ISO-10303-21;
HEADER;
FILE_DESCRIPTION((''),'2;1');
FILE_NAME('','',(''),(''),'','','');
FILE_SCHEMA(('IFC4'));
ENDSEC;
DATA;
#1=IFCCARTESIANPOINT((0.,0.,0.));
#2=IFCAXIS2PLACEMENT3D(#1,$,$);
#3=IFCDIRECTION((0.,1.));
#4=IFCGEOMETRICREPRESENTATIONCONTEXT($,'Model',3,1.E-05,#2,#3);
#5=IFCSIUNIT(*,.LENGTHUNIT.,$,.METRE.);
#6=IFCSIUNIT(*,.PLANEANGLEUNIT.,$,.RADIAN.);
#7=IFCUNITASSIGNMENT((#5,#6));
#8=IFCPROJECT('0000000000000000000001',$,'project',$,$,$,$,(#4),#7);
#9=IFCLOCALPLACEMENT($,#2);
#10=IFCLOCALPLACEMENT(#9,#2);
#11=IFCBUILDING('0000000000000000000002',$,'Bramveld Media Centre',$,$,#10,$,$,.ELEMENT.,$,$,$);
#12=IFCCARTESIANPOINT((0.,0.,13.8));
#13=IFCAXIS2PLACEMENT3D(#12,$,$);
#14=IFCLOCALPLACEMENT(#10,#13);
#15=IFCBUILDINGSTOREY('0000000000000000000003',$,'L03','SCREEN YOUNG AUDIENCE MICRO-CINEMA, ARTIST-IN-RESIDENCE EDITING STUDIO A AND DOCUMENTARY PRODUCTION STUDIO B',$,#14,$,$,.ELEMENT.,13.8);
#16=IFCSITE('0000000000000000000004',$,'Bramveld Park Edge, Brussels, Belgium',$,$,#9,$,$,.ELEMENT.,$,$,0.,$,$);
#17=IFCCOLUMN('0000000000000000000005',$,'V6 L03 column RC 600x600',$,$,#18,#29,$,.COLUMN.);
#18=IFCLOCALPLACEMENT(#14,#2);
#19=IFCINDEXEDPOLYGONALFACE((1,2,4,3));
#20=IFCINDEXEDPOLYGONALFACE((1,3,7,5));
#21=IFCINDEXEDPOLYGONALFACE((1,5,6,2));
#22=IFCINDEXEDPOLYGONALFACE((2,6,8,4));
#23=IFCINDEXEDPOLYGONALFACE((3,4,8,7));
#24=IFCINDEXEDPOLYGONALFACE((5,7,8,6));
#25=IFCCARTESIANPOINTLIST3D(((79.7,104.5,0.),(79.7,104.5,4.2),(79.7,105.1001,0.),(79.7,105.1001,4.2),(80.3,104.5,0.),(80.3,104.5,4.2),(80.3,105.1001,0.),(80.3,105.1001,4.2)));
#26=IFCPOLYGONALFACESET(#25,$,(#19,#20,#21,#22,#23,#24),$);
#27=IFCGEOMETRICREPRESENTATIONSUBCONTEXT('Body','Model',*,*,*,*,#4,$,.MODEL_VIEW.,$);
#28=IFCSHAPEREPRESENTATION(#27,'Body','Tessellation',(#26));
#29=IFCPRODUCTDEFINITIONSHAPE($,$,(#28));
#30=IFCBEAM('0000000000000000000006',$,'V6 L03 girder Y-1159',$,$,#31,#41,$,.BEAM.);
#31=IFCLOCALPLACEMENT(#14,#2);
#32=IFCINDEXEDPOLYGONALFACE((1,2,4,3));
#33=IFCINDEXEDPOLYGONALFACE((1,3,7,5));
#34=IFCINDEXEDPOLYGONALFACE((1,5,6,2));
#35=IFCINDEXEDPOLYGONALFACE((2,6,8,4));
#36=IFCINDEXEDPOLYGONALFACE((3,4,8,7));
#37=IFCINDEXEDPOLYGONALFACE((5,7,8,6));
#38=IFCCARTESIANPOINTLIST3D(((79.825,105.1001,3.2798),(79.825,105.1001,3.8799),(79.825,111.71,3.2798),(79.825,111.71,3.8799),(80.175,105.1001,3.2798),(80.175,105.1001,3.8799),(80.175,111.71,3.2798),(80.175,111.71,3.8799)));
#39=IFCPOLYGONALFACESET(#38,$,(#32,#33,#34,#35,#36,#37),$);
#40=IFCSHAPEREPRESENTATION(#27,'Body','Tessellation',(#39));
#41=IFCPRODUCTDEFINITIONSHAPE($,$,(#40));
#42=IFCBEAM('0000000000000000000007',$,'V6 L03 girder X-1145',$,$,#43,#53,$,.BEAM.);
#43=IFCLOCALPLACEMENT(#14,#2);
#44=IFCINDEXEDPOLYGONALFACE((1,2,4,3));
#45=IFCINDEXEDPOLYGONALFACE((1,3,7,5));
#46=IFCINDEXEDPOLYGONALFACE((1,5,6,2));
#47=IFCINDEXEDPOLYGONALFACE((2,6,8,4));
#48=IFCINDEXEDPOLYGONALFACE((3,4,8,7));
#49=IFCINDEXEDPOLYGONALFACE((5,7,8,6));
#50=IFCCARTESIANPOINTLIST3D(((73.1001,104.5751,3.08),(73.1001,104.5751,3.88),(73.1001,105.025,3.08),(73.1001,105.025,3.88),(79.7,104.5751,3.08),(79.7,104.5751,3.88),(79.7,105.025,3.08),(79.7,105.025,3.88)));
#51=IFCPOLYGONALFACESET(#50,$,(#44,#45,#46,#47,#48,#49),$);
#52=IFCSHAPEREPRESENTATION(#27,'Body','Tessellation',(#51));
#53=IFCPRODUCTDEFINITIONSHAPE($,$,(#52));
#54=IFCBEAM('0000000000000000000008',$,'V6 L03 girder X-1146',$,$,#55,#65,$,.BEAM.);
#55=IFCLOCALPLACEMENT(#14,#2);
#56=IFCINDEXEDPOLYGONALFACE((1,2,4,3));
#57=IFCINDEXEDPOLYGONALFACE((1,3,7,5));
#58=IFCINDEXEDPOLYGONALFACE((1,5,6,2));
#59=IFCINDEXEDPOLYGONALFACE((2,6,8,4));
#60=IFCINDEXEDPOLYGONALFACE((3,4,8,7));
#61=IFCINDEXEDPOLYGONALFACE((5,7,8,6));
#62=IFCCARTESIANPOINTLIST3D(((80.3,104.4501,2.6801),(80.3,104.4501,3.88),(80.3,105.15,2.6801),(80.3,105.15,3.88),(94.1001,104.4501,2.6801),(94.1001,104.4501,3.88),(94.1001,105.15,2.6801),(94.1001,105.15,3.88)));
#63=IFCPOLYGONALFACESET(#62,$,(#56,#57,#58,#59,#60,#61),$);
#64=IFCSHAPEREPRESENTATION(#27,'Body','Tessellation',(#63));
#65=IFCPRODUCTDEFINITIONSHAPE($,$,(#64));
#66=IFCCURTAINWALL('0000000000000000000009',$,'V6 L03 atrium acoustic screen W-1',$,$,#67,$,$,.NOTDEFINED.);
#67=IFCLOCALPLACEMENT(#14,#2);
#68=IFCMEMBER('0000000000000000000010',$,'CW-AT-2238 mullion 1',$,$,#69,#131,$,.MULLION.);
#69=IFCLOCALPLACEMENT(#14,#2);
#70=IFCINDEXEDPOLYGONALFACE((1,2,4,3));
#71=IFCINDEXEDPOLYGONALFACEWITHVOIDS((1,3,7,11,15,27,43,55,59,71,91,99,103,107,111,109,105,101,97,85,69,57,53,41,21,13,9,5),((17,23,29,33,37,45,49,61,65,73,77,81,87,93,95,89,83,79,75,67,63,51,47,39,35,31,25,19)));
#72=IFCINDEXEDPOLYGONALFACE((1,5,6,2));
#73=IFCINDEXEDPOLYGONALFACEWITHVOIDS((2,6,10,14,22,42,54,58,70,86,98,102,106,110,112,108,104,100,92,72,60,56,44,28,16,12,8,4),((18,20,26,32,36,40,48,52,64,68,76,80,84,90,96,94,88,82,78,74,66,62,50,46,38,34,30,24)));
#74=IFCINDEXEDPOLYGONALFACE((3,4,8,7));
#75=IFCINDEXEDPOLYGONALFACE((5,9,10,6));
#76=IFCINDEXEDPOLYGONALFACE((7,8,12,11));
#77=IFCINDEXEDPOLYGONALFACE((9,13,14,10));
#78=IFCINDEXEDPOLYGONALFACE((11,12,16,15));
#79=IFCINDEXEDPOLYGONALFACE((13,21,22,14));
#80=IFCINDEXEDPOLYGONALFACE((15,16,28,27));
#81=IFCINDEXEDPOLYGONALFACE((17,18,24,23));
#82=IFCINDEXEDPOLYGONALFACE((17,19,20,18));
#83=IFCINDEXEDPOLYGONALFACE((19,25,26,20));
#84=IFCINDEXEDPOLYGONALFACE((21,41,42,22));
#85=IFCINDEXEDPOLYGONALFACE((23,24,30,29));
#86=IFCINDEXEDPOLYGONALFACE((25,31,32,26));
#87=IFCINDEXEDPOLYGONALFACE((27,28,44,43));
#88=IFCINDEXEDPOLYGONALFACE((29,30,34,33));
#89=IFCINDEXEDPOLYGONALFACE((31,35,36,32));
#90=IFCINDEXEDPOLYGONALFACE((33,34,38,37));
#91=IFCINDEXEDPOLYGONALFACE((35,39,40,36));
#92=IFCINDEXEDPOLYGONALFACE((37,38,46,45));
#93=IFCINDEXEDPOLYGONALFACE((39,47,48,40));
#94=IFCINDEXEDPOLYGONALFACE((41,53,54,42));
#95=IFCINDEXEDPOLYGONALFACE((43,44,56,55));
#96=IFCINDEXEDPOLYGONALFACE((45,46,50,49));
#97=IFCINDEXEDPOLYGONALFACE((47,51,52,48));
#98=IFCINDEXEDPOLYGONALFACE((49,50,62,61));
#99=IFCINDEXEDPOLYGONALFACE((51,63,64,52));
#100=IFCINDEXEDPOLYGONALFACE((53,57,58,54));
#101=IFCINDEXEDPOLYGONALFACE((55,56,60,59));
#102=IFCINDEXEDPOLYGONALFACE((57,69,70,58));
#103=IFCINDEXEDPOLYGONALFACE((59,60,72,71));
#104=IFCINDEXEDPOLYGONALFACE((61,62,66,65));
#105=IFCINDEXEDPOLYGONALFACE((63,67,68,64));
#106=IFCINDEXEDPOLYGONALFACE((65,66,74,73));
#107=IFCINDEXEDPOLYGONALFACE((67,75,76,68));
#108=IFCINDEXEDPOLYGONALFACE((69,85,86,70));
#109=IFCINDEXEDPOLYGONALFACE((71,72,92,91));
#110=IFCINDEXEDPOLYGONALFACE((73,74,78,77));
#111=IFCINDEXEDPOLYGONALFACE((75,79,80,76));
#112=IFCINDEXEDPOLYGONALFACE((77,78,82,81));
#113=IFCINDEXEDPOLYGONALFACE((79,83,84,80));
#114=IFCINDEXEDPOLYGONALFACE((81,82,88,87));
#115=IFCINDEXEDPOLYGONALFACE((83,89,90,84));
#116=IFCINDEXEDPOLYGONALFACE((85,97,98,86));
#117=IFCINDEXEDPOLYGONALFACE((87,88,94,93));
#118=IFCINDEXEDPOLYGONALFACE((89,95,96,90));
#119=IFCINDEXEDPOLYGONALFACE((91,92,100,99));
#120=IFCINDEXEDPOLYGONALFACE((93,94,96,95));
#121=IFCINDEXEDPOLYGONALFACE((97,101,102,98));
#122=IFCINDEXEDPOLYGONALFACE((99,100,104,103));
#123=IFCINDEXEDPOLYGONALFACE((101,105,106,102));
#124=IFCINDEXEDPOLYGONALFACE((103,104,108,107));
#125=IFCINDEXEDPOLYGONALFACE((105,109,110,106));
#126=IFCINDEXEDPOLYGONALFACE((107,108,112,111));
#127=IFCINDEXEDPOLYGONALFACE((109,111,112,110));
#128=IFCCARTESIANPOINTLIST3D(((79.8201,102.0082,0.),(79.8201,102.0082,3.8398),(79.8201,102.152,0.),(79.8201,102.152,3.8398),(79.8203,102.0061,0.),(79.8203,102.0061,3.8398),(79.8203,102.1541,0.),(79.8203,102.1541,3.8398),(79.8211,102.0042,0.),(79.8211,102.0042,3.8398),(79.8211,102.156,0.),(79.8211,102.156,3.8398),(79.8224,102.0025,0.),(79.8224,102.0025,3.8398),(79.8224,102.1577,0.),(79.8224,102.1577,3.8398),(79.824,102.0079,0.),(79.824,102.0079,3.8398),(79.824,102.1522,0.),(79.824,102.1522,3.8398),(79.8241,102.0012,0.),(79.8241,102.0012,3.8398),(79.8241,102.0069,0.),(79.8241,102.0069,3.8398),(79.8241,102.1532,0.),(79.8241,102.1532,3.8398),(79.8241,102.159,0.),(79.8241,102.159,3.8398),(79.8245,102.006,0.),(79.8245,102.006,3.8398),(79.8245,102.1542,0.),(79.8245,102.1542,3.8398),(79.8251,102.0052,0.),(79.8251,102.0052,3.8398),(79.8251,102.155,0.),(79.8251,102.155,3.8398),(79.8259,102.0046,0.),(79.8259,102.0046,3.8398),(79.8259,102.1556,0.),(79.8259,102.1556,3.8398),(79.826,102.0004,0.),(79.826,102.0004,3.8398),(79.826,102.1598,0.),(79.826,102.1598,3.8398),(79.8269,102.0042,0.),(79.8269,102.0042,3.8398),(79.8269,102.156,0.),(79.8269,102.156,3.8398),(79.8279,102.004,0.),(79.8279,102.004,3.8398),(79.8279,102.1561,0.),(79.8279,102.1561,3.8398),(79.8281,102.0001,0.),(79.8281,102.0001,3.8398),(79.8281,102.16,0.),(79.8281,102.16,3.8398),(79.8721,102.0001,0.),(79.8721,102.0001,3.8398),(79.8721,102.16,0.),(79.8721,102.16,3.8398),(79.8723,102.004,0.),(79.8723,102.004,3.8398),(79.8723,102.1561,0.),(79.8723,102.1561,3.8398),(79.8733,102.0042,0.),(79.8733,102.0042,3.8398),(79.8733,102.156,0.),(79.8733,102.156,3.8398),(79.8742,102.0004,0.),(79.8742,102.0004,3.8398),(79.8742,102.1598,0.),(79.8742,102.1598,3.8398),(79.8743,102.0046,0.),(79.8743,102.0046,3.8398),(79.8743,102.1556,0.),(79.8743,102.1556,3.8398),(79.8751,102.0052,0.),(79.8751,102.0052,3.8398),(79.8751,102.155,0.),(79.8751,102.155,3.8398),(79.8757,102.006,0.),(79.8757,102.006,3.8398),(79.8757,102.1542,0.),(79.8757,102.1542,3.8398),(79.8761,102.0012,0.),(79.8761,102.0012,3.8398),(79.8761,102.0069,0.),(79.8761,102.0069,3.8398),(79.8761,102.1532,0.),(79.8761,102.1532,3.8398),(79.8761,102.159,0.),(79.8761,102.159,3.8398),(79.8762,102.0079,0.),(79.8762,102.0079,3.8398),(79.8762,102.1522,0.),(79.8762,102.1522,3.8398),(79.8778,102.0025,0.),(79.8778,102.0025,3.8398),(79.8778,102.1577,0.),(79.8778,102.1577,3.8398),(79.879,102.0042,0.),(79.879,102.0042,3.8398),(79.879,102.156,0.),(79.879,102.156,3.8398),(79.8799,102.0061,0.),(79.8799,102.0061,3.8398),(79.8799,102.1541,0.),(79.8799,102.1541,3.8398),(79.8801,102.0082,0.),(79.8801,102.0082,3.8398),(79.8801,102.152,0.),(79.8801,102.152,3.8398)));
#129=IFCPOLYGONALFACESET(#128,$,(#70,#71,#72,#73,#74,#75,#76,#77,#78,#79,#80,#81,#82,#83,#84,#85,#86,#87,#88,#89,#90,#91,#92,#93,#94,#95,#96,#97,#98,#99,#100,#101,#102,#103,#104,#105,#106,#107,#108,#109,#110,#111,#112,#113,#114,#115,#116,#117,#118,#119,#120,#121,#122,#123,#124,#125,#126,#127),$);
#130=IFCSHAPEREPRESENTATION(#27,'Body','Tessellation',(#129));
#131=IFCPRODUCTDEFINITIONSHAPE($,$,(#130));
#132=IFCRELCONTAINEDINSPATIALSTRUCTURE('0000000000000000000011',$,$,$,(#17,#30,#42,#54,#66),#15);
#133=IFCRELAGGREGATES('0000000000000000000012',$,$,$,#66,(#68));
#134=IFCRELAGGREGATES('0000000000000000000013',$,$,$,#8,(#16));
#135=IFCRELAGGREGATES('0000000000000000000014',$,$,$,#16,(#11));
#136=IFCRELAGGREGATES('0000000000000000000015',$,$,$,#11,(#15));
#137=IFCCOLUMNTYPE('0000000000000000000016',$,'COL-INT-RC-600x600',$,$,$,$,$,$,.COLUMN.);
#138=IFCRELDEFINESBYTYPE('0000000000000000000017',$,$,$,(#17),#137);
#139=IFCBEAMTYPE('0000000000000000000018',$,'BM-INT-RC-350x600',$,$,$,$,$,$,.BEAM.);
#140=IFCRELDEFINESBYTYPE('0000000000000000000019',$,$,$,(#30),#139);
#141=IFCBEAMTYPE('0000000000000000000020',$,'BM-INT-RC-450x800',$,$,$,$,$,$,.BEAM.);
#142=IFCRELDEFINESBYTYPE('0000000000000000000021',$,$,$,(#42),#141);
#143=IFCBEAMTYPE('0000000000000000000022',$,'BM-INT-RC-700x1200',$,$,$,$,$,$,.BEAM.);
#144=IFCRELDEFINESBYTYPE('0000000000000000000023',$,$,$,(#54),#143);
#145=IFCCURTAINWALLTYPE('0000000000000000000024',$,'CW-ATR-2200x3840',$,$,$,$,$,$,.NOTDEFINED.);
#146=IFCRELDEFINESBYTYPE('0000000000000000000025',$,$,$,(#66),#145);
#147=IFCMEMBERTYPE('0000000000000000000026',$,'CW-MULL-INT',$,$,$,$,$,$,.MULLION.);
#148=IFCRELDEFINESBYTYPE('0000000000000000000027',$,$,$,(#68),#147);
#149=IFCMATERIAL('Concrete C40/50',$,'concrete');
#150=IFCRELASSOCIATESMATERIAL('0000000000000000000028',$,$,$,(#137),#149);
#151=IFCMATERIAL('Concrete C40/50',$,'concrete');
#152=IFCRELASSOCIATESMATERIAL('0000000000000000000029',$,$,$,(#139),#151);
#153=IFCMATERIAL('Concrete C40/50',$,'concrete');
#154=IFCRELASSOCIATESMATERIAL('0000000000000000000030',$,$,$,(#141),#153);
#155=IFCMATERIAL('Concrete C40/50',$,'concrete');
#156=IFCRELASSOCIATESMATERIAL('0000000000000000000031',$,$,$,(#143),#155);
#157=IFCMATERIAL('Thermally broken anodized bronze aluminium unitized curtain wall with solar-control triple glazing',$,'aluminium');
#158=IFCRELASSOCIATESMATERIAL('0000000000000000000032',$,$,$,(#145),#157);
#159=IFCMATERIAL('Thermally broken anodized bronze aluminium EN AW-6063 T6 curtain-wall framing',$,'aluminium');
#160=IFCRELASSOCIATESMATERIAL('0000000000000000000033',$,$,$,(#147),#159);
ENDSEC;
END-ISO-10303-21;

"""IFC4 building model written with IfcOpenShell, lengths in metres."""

from ifc_helpers import new_model, si_unit, direction, frame, origin, origin_2d, place, context, subcontext, project, spatial, rectangle, hollow_rectangle, extrude, material, material_profile, profile_set, type_object, element, aggregate, save


model = new_model("IFC4")

# Units and contexts
model_context = context("Model", 3, precision=1e-05, world=origin(), true_north=direction((0.0, 1.0)))
body_context = subcontext(model_context, "Body", "Model", "MODEL_VIEW")
ifc_project = project(units=[si_unit("LENGTHUNIT", "METRE"), si_unit("PLANEANGLEUNIT", "RADIAN")], contexts=[model_context])

# Site, building, storey
site_placement = place(None, origin())
site = spatial("IfcSite", under=ifc_project, at=site_placement, Name="Bramveld Park Edge, Brussels, Belgium", CompositionType="ELEMENT", RefElevation=0.0)
building_placement = place(site_placement, origin())
building = spatial("IfcBuilding", under=site, at=building_placement, Name="Bramveld Media Centre", CompositionType="ELEMENT")
storey_placement = place(building_placement, frame((0.0, 0.0, 13.8)))
storey = spatial("IfcBuildingStorey", under=building, at=storey_placement, Name="L03", Description="SCREEN YOUNG AUDIENCE MICRO-CINEMA, ARTIST-IN-RESIDENCE EDITING STUDIO A AND DOCUMENTARY PRODUCTION STUDIO B", CompositionType="ELEMENT", Elevation=13.8)

# Column
ifc_material_1 = material(Name="Concrete C40/50", Category="concrete")
ifc_material_profile_1 = material_profile(ifc_material_1, rectangle(XDim=0.6001, YDim=0.6001, at=origin_2d()), Name="RC 600x600")
ifc_profile_set_1 = profile_set([ifc_material_profile_1], Name="Concrete C40/50")
column_type = type_object("IfcColumnType", Name="COL-INT-RC-600x600", PredefinedType="COLUMN", material=ifc_profile_set_1)
column_placement = place(storey_placement, frame((80.0, 104.8, 0.0), z_axis=(0.0, 0.0, 1.0), x_axis=(1.0, 0.0, 0.0)))
element("IfcColumn", 1, at=column_placement, inside=storey, type_object=column_type, Name="V6 L03 column RC 600x600", PredefinedType="COLUMN", context=body_context, shape_type="SweptSolid", body=[
    extrude(rectangle(XDim=0.6001, YDim=0.6001, at=origin_2d()), origin(), (0.0, 0.0, 1.0), 4.2),
])

# Beams
ifc_material_2 = material(Name="Concrete C40/50", Category="concrete")
ifc_material_profile_2 = material_profile(ifc_material_2, rectangle(XDim=0.3501, YDim=0.6001, at=origin_2d()), Name="RC 350x600")
ifc_profile_set_2 = profile_set([ifc_material_profile_2], Name="Concrete C40/50")
beam_type_1 = type_object("IfcBeamType", Name="BM-INT-RC-350x600", PredefinedType="BEAM", material=ifc_profile_set_2)
beam_1_placement = place(storey_placement, frame((80.0, 105.1001, 3.5798), z_axis=(0.0, 1.0, 0.0), x_axis=(-1.0, 0.0, 0.0)))
element("IfcBeam", 2, at=beam_1_placement, inside=storey, type_object=beam_type_1, Name="V6 L03 girder Y-1159", PredefinedType="BEAM", context=body_context, shape_type="SweptSolid", body=[
    extrude(rectangle(XDim=0.3501, YDim=0.6001, at=origin_2d()), origin(), (0.0, 0.0, 1.0), 6.6099),
])
ifc_material_3 = material(Name="Concrete C40/50", Category="concrete")
ifc_material_profile_3 = material_profile(ifc_material_3, rectangle(XDim=0.45, YDim=0.8, at=origin_2d()), Name="RC 450x800")
ifc_profile_set_3 = profile_set([ifc_material_profile_3], Name="Concrete C40/50")
beam_type_2 = type_object("IfcBeamType", Name="BM-INT-RC-450x800", PredefinedType="BEAM", material=ifc_profile_set_3)
beam_2_placement = place(storey_placement, frame((73.1001, 104.8, 3.48), z_axis=(1.0, 0.0, 0.0), x_axis=(0.0, 1.0, 0.0)))
element("IfcBeam", 3, at=beam_2_placement, inside=storey, type_object=beam_type_2, Name="V6 L03 girder X-1145", PredefinedType="BEAM", context=body_context, shape_type="SweptSolid", body=[
    extrude(rectangle(XDim=0.45, YDim=0.8, at=origin_2d()), origin(), (0.0, 0.0, 1.0), 6.5999),
])
ifc_material_4 = material(Name="Concrete C40/50", Category="concrete")
ifc_material_profile_4 = material_profile(ifc_material_4, rectangle(XDim=0.7, YDim=1.2, at=origin_2d()), Name="RC 700x1200")
ifc_profile_set_4 = profile_set([ifc_material_profile_4], Name="Concrete C40/50")
beam_type_3 = type_object("IfcBeamType", Name="BM-INT-RC-700x1200", PredefinedType="BEAM", material=ifc_profile_set_4)
beam_3_placement = place(storey_placement, frame((80.3, 104.8, 3.28), z_axis=(1.0, 0.0, 0.0), x_axis=(0.0, 1.0, 0.0)))
element("IfcBeam", 4, at=beam_3_placement, inside=storey, type_object=beam_type_3, Name="V6 L03 girder X-1146", PredefinedType="BEAM", context=body_context, shape_type="SweptSolid", body=[
    extrude(rectangle(XDim=0.7, YDim=1.2, at=origin_2d()), origin(), (0.0, 0.0, 1.0), 13.8),
])

# Curtain wall, member
ifc_material_5 = material(Name="Thermally broken anodized bronze aluminium unitized curtain wall with solar-control triple glazing", Category="aluminium")
curtain_wall_type_1 = type_object("IfcCurtainWallType", Name="CW-ATR-2200x3840", PredefinedType="NOTDEFINED", material=ifc_material_5)
curtain_wall_1_placement = place(storey_placement, origin())
curtain_wall_1 = element("IfcCurtainWall", 5, at=curtain_wall_1_placement, inside=storey, type_object=curtain_wall_type_1, Name="V6 L03 atrium acoustic screen W-1", PredefinedType="NOTDEFINED")
ifc_material_6 = material(Name="Thermally broken anodized bronze aluminium EN AW-6063 T6 curtain-wall framing", Category="aluminium")
ifc_material_profile_5 = material_profile(ifc_material_6, hollow_rectangle(XDim=0.0601, YDim=0.1599, WallThickness=0.0039, InnerFilletRadius=0.0039, OuterFilletRadius=0.0081, at=origin_2d()), Name="AL-MULL 60x160")
ifc_profile_set_5 = profile_set([ifc_material_profile_5], Name="Thermally broken anodized bronze aluminium EN AW-6063 T6 curtain-wall framing")
member_type_1 = type_object("IfcMemberType", Name="CW-MULL-INT", PredefinedType="MULLION", material=ifc_profile_set_5)
member_1_placement = place(storey_placement, frame((79.8501, 102.0801, 0.0), z_axis=(0.0, 0.0, 1.0), x_axis=(-1.0, 0.0, 0.0)))
member_1 = element("IfcMember", 6, at=member_1_placement, type_object=member_type_1, Name="CW-AT-2238 mullion 1", PredefinedType="MULLION", context=body_context, shape_type="SweptSolid", body=[
    extrude(hollow_rectangle(XDim=0.0601, YDim=0.1599, WallThickness=0.0039, InnerFilletRadius=0.0039, OuterFilletRadius=0.0081, at=origin_2d()), origin(), (0.0, 0.0, 1.0), 3.8398),
])

aggregate(curtain_wall_1, [member_1])

save(model, "model.ifc")
